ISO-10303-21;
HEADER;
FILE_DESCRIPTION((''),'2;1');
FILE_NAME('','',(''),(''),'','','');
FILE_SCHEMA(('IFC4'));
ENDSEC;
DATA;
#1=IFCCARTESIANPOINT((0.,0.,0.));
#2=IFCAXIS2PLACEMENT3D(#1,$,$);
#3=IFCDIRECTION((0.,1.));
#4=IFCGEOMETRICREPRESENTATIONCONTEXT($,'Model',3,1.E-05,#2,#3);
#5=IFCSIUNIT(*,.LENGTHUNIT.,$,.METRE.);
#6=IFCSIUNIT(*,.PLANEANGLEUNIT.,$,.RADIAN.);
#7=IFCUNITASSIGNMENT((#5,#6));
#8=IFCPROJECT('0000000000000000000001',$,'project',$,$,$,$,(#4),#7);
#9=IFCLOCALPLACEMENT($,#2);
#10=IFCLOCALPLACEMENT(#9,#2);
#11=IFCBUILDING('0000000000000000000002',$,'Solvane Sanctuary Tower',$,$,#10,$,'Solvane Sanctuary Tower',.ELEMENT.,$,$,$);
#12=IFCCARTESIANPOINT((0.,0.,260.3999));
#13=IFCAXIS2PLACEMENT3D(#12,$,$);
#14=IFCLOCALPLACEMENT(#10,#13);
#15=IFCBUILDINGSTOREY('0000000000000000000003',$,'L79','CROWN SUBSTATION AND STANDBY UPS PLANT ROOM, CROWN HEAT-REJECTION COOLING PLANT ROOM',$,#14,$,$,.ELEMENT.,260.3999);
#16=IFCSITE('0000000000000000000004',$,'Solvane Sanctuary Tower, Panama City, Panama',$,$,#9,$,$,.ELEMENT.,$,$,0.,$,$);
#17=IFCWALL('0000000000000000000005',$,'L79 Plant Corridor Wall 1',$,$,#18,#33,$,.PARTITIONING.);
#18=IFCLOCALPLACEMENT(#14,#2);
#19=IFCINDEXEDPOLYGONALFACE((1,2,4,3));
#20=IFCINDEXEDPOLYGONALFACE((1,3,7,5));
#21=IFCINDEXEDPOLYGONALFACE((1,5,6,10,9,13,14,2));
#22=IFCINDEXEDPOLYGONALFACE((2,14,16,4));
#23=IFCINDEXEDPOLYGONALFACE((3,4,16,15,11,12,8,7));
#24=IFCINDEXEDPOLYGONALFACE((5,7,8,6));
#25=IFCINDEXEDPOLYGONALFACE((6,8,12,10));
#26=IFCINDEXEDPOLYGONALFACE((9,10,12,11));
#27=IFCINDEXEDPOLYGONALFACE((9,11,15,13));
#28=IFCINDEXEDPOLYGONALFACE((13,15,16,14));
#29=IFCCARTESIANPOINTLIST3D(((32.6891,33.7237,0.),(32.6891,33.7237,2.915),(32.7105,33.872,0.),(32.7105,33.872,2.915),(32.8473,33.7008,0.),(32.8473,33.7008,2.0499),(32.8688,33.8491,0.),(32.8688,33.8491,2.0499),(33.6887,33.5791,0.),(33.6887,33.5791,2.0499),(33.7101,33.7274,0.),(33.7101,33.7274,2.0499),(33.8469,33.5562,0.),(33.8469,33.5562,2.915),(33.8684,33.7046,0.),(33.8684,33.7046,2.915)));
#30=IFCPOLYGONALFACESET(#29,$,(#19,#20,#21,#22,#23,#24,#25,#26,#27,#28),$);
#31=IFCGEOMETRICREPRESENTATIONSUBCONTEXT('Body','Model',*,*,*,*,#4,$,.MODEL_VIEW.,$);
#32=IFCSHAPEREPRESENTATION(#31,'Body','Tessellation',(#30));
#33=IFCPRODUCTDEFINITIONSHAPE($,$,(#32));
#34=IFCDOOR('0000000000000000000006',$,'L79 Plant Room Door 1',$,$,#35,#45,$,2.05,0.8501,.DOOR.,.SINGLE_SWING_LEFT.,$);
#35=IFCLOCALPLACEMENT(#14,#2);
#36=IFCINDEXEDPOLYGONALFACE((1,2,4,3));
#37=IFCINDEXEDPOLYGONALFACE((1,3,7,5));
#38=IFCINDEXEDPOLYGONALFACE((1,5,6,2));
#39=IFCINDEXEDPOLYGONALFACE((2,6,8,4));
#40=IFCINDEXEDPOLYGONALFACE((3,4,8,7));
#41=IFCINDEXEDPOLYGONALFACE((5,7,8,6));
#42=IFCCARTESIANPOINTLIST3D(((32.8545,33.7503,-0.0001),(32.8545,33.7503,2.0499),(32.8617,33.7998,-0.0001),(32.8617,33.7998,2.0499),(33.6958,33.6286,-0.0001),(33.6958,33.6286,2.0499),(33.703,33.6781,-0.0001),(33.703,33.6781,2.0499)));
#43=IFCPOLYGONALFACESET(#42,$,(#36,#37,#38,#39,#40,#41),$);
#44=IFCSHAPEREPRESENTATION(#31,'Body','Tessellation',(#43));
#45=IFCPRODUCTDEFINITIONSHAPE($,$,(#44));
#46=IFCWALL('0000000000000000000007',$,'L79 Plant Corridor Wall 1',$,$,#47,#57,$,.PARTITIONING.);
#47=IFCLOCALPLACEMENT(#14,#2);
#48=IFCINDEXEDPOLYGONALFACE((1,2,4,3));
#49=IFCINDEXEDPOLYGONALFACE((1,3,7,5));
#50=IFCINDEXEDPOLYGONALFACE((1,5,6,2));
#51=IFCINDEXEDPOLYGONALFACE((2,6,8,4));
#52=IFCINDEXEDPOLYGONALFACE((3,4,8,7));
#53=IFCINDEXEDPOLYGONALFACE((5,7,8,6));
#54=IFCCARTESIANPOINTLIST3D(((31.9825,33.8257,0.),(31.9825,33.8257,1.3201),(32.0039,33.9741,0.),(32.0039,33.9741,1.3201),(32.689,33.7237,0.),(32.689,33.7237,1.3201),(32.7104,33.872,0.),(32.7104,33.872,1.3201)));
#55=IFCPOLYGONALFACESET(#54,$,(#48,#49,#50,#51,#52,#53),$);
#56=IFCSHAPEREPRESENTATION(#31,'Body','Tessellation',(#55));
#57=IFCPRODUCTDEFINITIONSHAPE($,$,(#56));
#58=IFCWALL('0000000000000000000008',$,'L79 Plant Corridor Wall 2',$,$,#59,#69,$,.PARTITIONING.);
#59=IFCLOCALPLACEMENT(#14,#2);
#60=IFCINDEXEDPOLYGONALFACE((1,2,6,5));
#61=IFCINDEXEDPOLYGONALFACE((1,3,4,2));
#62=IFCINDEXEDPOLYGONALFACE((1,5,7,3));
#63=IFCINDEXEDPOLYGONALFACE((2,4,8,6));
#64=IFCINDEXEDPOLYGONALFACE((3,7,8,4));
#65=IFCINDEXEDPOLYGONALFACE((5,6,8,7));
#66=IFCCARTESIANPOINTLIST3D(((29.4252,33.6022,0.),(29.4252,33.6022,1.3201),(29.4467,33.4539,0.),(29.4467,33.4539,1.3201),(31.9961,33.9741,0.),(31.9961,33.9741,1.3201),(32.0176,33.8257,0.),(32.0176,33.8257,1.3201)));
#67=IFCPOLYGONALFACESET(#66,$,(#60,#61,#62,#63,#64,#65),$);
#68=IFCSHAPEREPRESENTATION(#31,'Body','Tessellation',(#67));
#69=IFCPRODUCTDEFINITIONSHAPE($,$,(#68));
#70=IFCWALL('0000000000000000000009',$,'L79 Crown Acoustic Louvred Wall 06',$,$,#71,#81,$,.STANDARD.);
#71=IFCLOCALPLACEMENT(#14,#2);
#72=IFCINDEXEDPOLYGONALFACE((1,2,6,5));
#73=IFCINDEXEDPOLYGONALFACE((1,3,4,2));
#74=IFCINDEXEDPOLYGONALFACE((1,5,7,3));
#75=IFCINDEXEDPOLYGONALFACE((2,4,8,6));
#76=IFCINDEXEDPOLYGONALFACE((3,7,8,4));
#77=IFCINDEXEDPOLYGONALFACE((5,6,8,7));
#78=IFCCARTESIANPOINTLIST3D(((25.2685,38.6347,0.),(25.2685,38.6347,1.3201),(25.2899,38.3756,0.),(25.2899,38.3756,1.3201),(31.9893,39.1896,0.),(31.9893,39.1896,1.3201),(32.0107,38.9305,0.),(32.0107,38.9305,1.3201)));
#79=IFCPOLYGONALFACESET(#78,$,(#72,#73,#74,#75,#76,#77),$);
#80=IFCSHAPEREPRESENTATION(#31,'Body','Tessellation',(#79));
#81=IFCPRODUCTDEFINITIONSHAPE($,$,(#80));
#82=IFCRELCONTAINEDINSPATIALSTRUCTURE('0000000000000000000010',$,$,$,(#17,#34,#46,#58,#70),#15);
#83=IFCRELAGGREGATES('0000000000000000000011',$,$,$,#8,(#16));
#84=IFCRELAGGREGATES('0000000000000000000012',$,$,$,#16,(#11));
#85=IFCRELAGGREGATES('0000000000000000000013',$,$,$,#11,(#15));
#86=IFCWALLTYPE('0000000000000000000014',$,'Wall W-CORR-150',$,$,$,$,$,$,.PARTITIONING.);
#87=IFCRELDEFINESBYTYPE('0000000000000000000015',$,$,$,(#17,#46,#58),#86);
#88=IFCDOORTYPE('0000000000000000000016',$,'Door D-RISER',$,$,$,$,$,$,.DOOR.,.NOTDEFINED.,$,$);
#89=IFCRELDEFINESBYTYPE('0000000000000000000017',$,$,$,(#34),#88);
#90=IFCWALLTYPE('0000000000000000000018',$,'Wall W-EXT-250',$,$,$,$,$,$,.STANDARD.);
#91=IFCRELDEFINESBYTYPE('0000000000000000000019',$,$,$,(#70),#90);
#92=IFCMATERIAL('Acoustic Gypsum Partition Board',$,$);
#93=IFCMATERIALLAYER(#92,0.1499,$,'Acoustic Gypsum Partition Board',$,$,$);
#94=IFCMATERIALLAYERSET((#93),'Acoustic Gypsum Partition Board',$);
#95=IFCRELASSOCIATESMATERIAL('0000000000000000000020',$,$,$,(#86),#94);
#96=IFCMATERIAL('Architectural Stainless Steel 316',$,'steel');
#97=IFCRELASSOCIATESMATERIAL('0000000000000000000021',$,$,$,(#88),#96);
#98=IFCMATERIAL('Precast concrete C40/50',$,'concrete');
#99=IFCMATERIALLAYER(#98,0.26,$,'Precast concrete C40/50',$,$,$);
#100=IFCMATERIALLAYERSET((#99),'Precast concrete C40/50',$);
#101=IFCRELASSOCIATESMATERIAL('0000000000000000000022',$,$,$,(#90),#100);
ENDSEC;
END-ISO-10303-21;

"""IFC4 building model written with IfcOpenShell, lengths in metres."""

from ifc_helpers import new_model, si_unit, direction, frame, frame_2d, origin, place, context, subcontext, project, spatial, rectangle, extrude, material, layer, layer_set, type_object, element, fill, save


model = new_model("IFC4")

# Units and contexts
model_context = context("Model", 3, precision=1e-05, world=origin(), true_north=direction((0.0, 1.0)))
body_context = subcontext(model_context, "Body", "Model", "MODEL_VIEW")
ifc_project = project(units=[si_unit("LENGTHUNIT", "METRE"), si_unit("PLANEANGLEUNIT", "RADIAN")], contexts=[model_context])

# Site, building, storey
site_placement = place(None, origin())
site = spatial("IfcSite", under=ifc_project, at=site_placement, Name="Solvane Sanctuary Tower, Panama City, Panama", CompositionType="ELEMENT", RefElevation=0.0)
building_placement = place(site_placement, origin())
building = spatial("IfcBuilding", under=site, at=building_placement, Name="Solvane Sanctuary Tower", LongName="Solvane Sanctuary Tower", CompositionType="ELEMENT")
storey_placement = place(building_placement, frame((0.0, 0.0, 260.3999)))
storey = spatial("IfcBuildingStorey", under=building, at=storey_placement, Name="L79", Description="CROWN SUBSTATION AND STANDBY UPS PLANT ROOM, CROWN HEAT-REJECTION COOLING PLANT ROOM", CompositionType="ELEMENT", Elevation=260.3999)

# Shared definitions
ifc_material_1 = material(Name="Acoustic Gypsum Partition Board")
ifc_layer_1 = layer(ifc_material_1, 0.1499, Name="Acoustic Gypsum Partition Board")
ifc_layer_set_1 = layer_set([ifc_layer_1], Name="Acoustic Gypsum Partition Board")
wall_type_1 = type_object("IfcWallType", Name="Wall W-CORR-150", PredefinedType="PARTITIONING", material=ifc_layer_set_1)

# Wall, opening, door
wall_1_placement = place(storey_placement, frame((33.8577, 33.6304, 0.0), z_axis=(0.0, 0.0, 1.0), x_axis=(-0.989702, 0.143145, 0.0)))
wall_1 = element("IfcWall", 1, at=wall_1_placement, inside=storey, type_object=wall_type_1, Name="L79 Plant Corridor Wall 1", PredefinedType="PARTITIONING", context=body_context, shape_type="SweptSolid", body=[
    extrude(rectangle(XDim=1.1699, YDim=0.1499, at=frame_2d((0.585, 0.0))), origin(), (0.0, 0.0, 1.0), 2.915),
])
opening_placement = place(wall_1_placement, frame((0.1599, 0.0, 0.0)))
opening = element("IfcOpeningElement", 2, at=opening_placement, cuts=wall_1, PredefinedType="OPENING", context=body_context, shape_type="SweptSolid", body=[
    extrude(rectangle(XDim=0.8501, YDim=2.05, at=frame_2d((0.425, 1.0249))), frame((0.0, 0.085, 0.0), z_axis=(0.0, -1.0, 0.0), x_axis=(1.0, 0.0, 0.0)), (0.0, 0.0, 1.0), 0.1699),
])
ifc_material_2 = material(Name="Architectural Stainless Steel 316", Category="steel")
door_type = type_object("IfcDoorType", Name="Door D-RISER", OperationType="NOTDEFINED", PredefinedType="DOOR", material=ifc_material_2)
door_placement = place(opening_placement, origin())
door = element("IfcDoor", 3, at=door_placement, inside=storey, type_object=door_type, Name="L79 Plant Room Door 1", OperationType="SINGLE_SWING_LEFT", OverallHeight=2.05, OverallWidth=0.8501, PredefinedType="DOOR", context=body_context, shape_type="SweptSolid", body=[
    extrude(rectangle(XDim=0.8501, YDim=2.05, at=frame_2d((0.425, 1.0249))), frame((0.0, 0.0249, 0.0), z_axis=(0.0, -1.0, 0.0), x_axis=(1.0, 0.0, 0.0)), (0.0, 0.0, 1.0), 0.05),
])
fill(opening, door)

# Walls
wall_2_placement = place(storey_placement, frame((32.6997, 33.7979, 0.0), z_axis=(0.0, 0.0, 1.0), x_axis=(-0.989729, 0.142953, 0.0)))
element("IfcWall", 4, at=wall_2_placement, inside=storey, type_object=wall_type_1, Name="L79 Plant Corridor Wall 1", PredefinedType="PARTITIONING", context=body_context, shape_type="SweptSolid", body=[
    extrude(rectangle(XDim=0.7139, YDim=0.1499, at=frame_2d((0.3569, 0.0))), origin(), (0.0, 0.0, 1.0), 1.3201),
])
wall_3_placement = place(storey_placement, frame((32.0068, 33.8999, 0.0), z_axis=(0.0, 0.0, 1.0), x_axis=(-0.989702, -0.143145, 0.0)))
element("IfcWall", 5, at=wall_3_placement, inside=storey, type_object=wall_type_1, Name="L79 Plant Corridor Wall 2", PredefinedType="PARTITIONING", context=body_context, shape_type="SweptSolid", body=[
    extrude(rectangle(XDim=2.5977, YDim=0.1499, at=frame_2d((1.2988, 0.0))), origin(), (0.0, 0.0, 1.0), 1.3201),
])
ifc_material_3 = material(Name="Precast concrete C40/50", Category="concrete")
ifc_layer_2 = layer(ifc_material_3, 0.26, Name="Precast concrete C40/50")
ifc_layer_set_2 = layer_set([ifc_layer_2], Name="Precast concrete C40/50")
wall_type_2 = type_object("IfcWallType", Name="Wall W-EXT-250", PredefinedType="STANDARD", material=ifc_layer_set_2)
wall_4_placement = place(storey_placement, frame((32.0, 39.0601, 0.0), z_axis=(0.0, 0.0, 1.0), x_axis=(-0.996608, -0.08229, 0.0)))
element("IfcWall", 6, at=wall_4_placement, inside=storey, type_object=wall_type_2, Name="L79 Crown Acoustic Louvred Wall 06", PredefinedType="STANDARD", context=body_context, shape_type="SweptSolid", body=[
    extrude(rectangle(XDim=6.7437, YDim=0.26, at=frame_2d((3.3718, 0.0))), origin(), (0.0, 0.0, 1.0), 1.3201),
])

save(model, "model.ifc")
